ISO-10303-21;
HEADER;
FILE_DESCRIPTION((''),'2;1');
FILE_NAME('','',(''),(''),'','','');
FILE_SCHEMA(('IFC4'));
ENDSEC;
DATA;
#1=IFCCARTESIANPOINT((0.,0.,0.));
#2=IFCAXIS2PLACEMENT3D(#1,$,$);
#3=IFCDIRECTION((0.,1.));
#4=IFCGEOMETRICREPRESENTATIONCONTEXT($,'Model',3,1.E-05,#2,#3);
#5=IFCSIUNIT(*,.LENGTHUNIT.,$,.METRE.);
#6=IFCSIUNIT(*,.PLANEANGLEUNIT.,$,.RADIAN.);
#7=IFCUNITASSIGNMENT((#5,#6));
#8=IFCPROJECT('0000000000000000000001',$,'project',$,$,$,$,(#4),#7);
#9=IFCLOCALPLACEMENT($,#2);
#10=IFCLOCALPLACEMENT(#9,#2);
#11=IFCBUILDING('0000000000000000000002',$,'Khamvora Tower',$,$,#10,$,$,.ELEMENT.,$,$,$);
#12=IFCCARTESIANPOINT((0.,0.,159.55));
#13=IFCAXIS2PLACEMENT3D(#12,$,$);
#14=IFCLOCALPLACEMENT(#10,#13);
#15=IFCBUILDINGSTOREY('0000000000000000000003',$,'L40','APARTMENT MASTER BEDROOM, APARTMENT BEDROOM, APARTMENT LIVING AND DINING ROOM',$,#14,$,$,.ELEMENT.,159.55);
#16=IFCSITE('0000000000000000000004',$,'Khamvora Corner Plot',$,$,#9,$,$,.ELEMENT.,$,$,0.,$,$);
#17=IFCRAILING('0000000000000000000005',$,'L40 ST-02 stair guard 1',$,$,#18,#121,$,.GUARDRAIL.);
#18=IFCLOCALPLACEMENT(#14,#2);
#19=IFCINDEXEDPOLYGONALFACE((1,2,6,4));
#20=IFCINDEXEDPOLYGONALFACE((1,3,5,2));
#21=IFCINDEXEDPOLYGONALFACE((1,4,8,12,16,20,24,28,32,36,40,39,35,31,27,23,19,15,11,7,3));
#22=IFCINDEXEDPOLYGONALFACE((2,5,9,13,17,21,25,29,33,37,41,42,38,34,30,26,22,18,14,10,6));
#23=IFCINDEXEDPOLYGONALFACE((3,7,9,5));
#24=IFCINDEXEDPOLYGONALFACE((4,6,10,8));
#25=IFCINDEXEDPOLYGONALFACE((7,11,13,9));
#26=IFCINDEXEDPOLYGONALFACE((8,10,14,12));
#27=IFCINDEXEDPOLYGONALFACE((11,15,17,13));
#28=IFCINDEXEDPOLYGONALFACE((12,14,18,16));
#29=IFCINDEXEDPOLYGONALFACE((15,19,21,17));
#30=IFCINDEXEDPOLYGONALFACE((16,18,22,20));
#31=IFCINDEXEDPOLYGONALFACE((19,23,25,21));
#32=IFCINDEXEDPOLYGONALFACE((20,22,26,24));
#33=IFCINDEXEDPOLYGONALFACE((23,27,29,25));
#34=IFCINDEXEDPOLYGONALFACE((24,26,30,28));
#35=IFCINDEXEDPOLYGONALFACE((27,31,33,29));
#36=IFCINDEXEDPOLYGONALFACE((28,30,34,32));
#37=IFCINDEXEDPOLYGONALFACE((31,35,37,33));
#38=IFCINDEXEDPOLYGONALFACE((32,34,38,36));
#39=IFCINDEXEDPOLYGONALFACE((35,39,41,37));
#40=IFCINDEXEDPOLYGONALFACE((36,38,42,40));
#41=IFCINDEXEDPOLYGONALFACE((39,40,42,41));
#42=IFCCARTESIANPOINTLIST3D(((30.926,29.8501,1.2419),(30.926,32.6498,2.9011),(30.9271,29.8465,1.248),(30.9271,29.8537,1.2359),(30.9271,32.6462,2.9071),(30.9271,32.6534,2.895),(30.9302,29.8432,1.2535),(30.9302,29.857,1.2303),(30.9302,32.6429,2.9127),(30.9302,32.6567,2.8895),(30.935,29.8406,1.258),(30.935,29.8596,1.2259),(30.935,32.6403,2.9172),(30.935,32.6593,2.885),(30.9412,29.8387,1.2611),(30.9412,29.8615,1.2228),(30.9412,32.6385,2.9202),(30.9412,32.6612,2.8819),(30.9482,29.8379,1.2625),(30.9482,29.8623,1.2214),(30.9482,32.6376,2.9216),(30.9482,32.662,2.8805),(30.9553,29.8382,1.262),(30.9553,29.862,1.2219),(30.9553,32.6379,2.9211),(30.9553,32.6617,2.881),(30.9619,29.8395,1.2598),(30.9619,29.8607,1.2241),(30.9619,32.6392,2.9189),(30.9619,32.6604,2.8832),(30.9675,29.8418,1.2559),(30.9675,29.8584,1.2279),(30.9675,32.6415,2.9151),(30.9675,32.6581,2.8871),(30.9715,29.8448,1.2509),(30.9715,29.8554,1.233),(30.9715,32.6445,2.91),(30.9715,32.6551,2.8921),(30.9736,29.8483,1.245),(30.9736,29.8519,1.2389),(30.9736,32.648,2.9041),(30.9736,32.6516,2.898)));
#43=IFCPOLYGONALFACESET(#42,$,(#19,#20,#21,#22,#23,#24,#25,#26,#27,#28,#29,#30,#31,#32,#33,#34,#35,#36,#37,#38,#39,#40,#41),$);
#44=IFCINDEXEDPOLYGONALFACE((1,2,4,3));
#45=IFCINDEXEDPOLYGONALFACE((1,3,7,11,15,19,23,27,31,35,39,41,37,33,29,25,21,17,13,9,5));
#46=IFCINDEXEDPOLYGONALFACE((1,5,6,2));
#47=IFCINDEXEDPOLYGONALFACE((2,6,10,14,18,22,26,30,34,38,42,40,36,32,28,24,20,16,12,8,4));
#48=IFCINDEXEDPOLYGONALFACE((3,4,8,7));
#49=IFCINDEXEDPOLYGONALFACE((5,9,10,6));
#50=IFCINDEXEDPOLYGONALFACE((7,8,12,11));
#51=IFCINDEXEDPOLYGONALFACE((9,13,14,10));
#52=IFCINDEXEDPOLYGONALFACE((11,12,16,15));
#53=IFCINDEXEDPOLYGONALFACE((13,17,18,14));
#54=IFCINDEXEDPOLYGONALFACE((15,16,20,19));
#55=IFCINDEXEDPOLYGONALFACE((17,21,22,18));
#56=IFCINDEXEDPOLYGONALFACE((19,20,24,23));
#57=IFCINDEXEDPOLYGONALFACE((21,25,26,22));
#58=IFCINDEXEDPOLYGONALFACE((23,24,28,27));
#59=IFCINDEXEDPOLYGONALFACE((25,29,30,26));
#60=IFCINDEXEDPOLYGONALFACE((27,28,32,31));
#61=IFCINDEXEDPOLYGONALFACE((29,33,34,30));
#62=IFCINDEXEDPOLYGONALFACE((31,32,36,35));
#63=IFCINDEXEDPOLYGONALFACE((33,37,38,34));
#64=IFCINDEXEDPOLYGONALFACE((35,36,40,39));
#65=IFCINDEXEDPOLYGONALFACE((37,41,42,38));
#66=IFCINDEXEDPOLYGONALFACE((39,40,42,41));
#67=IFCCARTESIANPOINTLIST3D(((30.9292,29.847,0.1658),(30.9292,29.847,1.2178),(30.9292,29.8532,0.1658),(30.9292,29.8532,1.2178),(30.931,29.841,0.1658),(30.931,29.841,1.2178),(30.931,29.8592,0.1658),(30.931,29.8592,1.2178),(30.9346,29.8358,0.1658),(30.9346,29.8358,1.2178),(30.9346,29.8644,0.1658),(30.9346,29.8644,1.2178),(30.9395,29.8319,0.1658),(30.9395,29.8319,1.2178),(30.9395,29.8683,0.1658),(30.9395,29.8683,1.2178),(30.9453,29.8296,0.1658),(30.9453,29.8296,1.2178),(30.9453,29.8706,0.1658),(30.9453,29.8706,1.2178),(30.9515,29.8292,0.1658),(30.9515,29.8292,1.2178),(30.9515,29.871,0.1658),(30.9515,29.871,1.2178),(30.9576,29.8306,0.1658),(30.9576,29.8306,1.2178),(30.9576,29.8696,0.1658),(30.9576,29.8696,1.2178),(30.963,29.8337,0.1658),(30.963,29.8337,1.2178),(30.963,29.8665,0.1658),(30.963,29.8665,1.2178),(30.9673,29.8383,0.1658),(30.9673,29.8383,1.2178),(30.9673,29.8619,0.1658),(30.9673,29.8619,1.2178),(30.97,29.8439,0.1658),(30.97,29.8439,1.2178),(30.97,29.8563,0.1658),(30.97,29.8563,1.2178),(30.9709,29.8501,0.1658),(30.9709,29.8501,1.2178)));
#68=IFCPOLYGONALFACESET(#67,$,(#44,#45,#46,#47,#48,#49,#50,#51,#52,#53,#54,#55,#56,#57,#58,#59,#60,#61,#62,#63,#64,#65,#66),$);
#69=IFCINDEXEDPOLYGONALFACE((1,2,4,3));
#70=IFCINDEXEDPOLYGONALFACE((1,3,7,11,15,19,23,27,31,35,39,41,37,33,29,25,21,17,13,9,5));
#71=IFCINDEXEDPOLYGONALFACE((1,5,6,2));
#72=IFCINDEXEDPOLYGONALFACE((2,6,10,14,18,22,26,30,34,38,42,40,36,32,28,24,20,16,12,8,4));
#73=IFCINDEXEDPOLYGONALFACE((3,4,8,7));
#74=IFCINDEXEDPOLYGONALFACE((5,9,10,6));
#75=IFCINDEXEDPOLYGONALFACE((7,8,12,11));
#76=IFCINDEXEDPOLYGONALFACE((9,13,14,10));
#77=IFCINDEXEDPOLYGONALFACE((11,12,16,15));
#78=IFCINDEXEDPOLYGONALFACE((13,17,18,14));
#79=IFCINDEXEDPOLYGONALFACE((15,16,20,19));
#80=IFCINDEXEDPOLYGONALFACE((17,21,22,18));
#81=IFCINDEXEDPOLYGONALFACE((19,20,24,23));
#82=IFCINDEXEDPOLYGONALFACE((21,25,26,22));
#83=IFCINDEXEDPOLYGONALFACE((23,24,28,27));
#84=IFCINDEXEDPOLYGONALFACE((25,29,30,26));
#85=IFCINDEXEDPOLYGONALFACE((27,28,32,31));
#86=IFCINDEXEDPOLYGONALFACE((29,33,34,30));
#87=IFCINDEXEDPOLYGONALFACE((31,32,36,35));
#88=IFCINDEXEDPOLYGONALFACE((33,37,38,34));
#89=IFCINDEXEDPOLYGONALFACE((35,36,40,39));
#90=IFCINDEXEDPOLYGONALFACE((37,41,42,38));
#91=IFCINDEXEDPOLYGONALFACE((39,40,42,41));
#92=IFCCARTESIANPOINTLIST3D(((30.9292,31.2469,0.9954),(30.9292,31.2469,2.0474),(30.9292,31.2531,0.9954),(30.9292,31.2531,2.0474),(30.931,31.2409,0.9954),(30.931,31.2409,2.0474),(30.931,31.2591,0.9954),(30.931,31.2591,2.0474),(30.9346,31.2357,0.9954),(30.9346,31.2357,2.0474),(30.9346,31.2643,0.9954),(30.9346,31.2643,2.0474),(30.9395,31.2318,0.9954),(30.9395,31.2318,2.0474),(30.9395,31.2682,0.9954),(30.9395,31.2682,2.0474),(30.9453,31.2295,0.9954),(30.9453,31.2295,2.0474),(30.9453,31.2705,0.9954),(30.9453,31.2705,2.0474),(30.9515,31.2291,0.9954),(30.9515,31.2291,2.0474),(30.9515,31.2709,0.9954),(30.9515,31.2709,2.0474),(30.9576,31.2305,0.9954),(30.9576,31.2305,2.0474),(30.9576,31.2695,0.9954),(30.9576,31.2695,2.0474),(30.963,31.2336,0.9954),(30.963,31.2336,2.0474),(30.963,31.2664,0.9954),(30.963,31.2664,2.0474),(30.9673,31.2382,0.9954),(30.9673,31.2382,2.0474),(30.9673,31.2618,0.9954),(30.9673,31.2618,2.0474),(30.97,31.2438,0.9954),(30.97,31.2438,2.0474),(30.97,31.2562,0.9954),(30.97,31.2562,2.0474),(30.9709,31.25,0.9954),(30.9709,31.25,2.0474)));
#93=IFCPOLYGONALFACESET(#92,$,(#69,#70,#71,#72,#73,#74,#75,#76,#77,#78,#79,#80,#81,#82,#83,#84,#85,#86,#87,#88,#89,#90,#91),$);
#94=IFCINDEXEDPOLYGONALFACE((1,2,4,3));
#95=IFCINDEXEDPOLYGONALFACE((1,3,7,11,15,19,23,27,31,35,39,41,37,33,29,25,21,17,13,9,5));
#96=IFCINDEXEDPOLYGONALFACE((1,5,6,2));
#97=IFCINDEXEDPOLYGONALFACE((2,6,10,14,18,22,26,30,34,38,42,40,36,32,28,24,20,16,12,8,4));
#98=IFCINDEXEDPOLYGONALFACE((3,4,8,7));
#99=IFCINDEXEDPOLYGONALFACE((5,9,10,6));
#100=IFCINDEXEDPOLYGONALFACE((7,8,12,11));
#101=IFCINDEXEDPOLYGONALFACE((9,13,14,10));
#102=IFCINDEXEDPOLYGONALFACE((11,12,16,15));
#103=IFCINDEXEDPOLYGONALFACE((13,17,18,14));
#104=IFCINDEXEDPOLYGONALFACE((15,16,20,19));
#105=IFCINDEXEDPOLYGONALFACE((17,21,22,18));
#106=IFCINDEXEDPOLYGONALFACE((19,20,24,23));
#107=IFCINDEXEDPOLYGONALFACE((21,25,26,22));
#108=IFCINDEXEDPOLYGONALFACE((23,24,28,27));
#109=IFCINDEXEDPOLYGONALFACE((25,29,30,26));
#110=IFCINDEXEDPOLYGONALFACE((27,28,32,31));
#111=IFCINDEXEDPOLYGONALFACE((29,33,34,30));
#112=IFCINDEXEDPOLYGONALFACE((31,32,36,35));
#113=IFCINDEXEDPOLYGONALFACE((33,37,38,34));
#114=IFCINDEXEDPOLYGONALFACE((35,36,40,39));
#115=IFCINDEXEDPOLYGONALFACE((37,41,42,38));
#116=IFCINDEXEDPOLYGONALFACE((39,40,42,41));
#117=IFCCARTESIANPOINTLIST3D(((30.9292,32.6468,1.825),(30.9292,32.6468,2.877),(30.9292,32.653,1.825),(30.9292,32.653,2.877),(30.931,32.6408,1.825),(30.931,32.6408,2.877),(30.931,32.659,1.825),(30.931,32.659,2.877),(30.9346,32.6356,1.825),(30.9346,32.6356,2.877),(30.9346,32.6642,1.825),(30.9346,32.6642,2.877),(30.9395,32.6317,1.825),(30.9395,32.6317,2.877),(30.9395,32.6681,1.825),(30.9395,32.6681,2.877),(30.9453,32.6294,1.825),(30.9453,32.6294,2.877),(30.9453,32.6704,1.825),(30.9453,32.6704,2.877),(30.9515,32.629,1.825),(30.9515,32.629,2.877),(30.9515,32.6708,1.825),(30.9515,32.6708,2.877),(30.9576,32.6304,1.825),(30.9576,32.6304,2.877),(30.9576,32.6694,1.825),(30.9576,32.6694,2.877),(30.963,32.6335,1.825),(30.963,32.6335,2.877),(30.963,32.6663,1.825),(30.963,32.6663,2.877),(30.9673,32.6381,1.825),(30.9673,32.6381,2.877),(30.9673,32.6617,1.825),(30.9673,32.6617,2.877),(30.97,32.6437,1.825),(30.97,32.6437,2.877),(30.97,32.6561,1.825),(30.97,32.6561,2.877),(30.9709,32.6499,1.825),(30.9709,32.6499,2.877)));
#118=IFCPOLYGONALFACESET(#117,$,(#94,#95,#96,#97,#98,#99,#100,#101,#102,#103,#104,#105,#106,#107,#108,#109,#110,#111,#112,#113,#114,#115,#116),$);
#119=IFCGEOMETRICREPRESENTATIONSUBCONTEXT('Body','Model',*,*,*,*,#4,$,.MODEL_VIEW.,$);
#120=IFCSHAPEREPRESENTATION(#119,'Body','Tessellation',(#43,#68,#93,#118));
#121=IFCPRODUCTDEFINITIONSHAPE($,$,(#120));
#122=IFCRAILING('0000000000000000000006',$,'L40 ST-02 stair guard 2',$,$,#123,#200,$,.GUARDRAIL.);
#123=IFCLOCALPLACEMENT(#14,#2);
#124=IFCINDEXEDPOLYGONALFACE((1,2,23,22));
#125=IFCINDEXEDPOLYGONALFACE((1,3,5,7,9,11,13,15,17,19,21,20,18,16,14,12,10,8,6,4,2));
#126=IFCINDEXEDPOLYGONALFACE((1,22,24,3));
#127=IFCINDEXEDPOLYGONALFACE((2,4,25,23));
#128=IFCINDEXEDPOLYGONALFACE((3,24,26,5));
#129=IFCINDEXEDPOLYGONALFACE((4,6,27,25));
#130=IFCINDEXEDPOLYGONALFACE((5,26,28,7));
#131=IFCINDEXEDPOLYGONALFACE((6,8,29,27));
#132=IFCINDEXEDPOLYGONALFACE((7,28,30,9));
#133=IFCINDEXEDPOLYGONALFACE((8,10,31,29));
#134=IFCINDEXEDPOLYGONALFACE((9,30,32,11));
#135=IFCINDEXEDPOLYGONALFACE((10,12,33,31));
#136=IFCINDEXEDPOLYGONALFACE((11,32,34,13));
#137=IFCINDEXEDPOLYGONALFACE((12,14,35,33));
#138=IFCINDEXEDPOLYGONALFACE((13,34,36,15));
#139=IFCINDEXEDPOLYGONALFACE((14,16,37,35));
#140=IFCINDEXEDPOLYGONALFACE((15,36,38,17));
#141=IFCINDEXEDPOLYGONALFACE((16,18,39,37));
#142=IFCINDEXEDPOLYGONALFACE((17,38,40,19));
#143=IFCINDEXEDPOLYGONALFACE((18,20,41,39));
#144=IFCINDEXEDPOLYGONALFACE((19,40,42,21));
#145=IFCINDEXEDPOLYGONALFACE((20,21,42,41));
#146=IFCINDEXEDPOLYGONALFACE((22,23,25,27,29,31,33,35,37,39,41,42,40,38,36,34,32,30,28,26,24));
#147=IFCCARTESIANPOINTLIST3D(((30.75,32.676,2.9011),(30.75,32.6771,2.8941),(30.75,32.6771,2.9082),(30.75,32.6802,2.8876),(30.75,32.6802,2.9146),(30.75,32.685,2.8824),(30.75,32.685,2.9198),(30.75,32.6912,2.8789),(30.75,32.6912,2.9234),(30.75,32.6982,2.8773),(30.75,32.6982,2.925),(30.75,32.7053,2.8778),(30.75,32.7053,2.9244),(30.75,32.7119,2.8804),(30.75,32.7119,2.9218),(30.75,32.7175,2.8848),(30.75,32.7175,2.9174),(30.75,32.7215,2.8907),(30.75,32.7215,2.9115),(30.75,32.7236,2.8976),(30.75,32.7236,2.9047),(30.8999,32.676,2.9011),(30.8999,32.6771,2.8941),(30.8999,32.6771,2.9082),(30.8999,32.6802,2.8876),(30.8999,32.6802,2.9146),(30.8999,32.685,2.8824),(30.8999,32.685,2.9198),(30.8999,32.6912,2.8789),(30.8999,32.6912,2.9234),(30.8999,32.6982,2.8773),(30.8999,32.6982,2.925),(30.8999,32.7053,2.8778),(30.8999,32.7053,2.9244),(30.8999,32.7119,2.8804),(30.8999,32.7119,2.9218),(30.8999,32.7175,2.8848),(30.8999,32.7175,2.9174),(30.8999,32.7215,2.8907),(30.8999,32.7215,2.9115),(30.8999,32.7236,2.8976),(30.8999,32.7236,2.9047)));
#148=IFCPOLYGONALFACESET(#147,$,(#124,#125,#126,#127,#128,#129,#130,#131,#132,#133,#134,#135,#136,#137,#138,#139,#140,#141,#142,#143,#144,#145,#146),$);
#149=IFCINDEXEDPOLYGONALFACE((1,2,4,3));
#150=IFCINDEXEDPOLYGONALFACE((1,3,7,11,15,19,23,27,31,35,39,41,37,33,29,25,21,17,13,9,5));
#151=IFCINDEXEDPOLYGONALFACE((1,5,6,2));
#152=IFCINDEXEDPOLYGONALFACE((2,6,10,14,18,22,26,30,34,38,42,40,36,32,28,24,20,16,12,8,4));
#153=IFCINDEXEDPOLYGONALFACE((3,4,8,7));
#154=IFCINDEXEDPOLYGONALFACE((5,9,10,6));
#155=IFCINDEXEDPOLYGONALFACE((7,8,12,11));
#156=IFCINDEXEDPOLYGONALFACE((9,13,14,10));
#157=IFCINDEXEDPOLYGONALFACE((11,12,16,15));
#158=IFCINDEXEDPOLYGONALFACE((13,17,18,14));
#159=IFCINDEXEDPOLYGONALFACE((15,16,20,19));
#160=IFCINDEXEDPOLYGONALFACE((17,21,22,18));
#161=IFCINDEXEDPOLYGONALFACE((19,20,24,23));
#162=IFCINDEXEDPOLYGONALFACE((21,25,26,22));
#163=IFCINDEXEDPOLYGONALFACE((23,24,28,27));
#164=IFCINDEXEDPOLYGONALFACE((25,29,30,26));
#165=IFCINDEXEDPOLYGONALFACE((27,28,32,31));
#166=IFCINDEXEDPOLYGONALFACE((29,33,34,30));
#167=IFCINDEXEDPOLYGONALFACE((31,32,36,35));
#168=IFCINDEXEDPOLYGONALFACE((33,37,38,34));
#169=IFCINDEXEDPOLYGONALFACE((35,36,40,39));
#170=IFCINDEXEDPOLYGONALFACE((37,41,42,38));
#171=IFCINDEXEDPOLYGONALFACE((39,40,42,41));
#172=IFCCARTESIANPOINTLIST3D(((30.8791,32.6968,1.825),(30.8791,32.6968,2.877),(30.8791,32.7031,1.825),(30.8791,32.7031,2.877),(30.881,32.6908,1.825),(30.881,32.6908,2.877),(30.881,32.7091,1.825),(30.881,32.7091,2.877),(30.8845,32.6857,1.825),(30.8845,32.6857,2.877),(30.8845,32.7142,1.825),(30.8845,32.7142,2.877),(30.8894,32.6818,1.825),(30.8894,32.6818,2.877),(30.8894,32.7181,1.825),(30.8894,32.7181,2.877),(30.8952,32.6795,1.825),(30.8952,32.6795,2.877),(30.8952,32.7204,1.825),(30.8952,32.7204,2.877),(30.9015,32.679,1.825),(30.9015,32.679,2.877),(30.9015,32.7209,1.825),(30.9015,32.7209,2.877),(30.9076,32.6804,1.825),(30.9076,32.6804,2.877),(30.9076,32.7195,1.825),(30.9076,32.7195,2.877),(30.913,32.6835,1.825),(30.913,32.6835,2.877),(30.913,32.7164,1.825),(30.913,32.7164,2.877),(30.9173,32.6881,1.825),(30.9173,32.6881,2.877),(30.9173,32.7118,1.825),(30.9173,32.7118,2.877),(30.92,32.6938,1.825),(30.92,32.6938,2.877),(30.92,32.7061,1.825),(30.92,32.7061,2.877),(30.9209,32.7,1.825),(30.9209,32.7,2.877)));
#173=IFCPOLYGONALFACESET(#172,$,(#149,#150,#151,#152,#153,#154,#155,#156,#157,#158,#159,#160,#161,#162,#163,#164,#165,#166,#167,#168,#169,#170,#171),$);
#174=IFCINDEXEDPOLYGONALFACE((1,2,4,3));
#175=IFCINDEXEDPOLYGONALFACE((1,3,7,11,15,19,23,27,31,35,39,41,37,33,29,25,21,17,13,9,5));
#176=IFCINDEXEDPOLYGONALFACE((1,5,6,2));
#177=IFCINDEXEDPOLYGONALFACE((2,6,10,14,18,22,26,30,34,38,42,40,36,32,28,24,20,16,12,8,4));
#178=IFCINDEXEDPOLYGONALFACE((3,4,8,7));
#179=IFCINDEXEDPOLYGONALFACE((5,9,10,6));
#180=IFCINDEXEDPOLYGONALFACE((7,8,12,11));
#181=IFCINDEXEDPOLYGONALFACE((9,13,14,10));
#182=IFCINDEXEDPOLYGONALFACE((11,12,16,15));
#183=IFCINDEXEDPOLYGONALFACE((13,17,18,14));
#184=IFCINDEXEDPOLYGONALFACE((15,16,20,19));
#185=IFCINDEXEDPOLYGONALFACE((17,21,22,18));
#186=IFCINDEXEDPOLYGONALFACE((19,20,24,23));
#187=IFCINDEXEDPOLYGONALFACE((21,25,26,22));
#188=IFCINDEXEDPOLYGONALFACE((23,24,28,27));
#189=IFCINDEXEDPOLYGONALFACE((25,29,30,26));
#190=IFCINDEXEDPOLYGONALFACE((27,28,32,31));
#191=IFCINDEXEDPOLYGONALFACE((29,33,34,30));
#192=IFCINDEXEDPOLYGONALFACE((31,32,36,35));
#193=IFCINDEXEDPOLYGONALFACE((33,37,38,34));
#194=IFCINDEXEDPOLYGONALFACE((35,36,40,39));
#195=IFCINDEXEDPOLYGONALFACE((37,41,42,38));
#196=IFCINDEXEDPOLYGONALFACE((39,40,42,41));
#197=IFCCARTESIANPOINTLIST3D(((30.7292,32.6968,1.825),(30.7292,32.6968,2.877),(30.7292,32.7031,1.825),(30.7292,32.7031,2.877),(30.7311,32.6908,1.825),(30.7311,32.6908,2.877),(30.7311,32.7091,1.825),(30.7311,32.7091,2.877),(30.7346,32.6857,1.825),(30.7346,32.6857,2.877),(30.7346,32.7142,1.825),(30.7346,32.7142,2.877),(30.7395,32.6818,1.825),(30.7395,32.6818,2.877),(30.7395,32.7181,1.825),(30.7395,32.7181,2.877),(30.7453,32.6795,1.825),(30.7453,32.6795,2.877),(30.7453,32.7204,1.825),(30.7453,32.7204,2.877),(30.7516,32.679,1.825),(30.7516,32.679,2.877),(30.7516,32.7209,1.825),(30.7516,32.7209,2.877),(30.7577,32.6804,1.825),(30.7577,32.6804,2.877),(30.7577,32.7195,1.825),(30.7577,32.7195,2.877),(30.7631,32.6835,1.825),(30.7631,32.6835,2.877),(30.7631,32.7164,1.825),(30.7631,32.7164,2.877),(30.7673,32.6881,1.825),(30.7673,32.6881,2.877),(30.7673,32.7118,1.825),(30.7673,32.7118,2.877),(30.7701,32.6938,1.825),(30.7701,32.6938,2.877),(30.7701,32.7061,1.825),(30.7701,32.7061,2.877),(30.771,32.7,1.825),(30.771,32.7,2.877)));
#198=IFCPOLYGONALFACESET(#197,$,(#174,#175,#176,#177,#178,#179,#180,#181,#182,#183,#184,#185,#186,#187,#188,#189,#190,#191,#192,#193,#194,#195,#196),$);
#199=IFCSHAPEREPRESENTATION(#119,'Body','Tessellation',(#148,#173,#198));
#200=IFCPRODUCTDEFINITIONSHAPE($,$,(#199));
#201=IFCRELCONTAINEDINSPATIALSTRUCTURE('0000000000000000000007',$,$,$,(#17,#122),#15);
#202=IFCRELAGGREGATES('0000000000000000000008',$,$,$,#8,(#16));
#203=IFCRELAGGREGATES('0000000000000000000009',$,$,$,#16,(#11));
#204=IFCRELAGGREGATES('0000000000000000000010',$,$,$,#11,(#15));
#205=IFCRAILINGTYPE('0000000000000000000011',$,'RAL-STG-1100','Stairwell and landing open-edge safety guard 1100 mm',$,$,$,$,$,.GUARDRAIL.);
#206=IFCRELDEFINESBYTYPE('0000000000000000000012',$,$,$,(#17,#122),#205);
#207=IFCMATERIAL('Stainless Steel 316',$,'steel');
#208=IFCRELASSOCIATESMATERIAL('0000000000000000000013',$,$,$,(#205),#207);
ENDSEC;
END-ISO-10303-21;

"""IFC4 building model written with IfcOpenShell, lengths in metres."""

from ifc_helpers import new_model, si_unit, direction, frame, origin, origin_2d, place, context, subcontext, project, spatial, circle, extrude, material, type_object, element, save


model = new_model("IFC4")

# Units and contexts
model_context = context("Model", 3, precision=1e-05, world=origin(), true_north=direction((0.0, 1.0)))
body_context = subcontext(model_context, "Body", "Model", "MODEL_VIEW")
ifc_project = project(units=[si_unit("LENGTHUNIT", "METRE"), si_unit("PLANEANGLEUNIT", "RADIAN")], contexts=[model_context])

# Site, building, storey
site_placement = place(None, origin())
site = spatial("IfcSite", under=ifc_project, at=site_placement, Name="Khamvora Corner Plot", CompositionType="ELEMENT", RefElevation=0.0)
building_placement = place(site_placement, origin())
building = spatial("IfcBuilding", under=site, at=building_placement, Name="Khamvora Tower", CompositionType="ELEMENT")
storey_placement = place(building_placement, frame((0.0, 0.0, 159.55)))
storey = spatial("IfcBuildingStorey", under=building, at=storey_placement, Name="L40", Description="APARTMENT MASTER BEDROOM, APARTMENT BEDROOM, APARTMENT LIVING AND DINING ROOM", CompositionType="ELEMENT", Elevation=159.55)

# Railings
ifc_material_1 = material(Name="Stainless Steel 316", Category="steel")
railing_type_1 = type_object("IfcRailingType", Name="RAL-STG-1100", Description="Stairwell and landing open-edge safety guard 1100 mm", PredefinedType="GUARDRAIL", material=ifc_material_1)
railing_1_placement = place(storey_placement, frame((30.95, 29.8501, 0.1658)))
element("IfcRailing", 1, at=railing_1_placement, inside=storey, type_object=railing_type_1, Name="L40 ST-02 stair guard 1", PredefinedType="GUARDRAIL", context=body_context, shape_type="SweptSolid", body=[
    extrude(circle(Radius=0.0239, at=origin_2d()), frame((0.0, 0.0, 1.0762), z_axis=(0.0, 0.860287, 0.509811), x_axis=(-1.0, 0.0, 0.0)), (0.0, 0.0, 1.0), 3.2544),
    extrude(circle(Radius=0.021, at=origin_2d()), origin(), (0.0, 0.0, 1.0), 1.052),
    extrude(circle(Radius=0.021, at=origin_2d()), frame((0.0, 1.3999, 0.8296)), (0.0, 0.0, 1.0), 1.052),
    extrude(circle(Radius=0.021, at=origin_2d()), frame((0.0, 2.7998, 1.6592)), (0.0, 0.0, 1.0), 1.052),
])
railing_2_placement = place(storey_placement, frame((30.8999, 32.7, 1.825)))
element("IfcRailing", 2, at=railing_2_placement, inside=storey, type_object=railing_type_1, Name="L40 ST-02 stair guard 2", PredefinedType="GUARDRAIL", context=body_context, shape_type="SweptSolid", body=[
    extrude(circle(Radius=0.0239, at=origin_2d()), frame((0.0, 0.0, 1.0762), z_axis=(-1.0, 0.0, 0.0), x_axis=(0.0, -1.0, 0.0)), (0.0, 0.0, 1.0), 0.1499),
    extrude(circle(Radius=0.021, at=origin_2d()), origin(), (0.0, 0.0, 1.0), 1.052),
    extrude(circle(Radius=0.021, at=origin_2d()), frame((-0.1499, 0.0, 0.0)), (0.0, 0.0, 1.0), 1.052),
])

save(model, "model.ifc")
